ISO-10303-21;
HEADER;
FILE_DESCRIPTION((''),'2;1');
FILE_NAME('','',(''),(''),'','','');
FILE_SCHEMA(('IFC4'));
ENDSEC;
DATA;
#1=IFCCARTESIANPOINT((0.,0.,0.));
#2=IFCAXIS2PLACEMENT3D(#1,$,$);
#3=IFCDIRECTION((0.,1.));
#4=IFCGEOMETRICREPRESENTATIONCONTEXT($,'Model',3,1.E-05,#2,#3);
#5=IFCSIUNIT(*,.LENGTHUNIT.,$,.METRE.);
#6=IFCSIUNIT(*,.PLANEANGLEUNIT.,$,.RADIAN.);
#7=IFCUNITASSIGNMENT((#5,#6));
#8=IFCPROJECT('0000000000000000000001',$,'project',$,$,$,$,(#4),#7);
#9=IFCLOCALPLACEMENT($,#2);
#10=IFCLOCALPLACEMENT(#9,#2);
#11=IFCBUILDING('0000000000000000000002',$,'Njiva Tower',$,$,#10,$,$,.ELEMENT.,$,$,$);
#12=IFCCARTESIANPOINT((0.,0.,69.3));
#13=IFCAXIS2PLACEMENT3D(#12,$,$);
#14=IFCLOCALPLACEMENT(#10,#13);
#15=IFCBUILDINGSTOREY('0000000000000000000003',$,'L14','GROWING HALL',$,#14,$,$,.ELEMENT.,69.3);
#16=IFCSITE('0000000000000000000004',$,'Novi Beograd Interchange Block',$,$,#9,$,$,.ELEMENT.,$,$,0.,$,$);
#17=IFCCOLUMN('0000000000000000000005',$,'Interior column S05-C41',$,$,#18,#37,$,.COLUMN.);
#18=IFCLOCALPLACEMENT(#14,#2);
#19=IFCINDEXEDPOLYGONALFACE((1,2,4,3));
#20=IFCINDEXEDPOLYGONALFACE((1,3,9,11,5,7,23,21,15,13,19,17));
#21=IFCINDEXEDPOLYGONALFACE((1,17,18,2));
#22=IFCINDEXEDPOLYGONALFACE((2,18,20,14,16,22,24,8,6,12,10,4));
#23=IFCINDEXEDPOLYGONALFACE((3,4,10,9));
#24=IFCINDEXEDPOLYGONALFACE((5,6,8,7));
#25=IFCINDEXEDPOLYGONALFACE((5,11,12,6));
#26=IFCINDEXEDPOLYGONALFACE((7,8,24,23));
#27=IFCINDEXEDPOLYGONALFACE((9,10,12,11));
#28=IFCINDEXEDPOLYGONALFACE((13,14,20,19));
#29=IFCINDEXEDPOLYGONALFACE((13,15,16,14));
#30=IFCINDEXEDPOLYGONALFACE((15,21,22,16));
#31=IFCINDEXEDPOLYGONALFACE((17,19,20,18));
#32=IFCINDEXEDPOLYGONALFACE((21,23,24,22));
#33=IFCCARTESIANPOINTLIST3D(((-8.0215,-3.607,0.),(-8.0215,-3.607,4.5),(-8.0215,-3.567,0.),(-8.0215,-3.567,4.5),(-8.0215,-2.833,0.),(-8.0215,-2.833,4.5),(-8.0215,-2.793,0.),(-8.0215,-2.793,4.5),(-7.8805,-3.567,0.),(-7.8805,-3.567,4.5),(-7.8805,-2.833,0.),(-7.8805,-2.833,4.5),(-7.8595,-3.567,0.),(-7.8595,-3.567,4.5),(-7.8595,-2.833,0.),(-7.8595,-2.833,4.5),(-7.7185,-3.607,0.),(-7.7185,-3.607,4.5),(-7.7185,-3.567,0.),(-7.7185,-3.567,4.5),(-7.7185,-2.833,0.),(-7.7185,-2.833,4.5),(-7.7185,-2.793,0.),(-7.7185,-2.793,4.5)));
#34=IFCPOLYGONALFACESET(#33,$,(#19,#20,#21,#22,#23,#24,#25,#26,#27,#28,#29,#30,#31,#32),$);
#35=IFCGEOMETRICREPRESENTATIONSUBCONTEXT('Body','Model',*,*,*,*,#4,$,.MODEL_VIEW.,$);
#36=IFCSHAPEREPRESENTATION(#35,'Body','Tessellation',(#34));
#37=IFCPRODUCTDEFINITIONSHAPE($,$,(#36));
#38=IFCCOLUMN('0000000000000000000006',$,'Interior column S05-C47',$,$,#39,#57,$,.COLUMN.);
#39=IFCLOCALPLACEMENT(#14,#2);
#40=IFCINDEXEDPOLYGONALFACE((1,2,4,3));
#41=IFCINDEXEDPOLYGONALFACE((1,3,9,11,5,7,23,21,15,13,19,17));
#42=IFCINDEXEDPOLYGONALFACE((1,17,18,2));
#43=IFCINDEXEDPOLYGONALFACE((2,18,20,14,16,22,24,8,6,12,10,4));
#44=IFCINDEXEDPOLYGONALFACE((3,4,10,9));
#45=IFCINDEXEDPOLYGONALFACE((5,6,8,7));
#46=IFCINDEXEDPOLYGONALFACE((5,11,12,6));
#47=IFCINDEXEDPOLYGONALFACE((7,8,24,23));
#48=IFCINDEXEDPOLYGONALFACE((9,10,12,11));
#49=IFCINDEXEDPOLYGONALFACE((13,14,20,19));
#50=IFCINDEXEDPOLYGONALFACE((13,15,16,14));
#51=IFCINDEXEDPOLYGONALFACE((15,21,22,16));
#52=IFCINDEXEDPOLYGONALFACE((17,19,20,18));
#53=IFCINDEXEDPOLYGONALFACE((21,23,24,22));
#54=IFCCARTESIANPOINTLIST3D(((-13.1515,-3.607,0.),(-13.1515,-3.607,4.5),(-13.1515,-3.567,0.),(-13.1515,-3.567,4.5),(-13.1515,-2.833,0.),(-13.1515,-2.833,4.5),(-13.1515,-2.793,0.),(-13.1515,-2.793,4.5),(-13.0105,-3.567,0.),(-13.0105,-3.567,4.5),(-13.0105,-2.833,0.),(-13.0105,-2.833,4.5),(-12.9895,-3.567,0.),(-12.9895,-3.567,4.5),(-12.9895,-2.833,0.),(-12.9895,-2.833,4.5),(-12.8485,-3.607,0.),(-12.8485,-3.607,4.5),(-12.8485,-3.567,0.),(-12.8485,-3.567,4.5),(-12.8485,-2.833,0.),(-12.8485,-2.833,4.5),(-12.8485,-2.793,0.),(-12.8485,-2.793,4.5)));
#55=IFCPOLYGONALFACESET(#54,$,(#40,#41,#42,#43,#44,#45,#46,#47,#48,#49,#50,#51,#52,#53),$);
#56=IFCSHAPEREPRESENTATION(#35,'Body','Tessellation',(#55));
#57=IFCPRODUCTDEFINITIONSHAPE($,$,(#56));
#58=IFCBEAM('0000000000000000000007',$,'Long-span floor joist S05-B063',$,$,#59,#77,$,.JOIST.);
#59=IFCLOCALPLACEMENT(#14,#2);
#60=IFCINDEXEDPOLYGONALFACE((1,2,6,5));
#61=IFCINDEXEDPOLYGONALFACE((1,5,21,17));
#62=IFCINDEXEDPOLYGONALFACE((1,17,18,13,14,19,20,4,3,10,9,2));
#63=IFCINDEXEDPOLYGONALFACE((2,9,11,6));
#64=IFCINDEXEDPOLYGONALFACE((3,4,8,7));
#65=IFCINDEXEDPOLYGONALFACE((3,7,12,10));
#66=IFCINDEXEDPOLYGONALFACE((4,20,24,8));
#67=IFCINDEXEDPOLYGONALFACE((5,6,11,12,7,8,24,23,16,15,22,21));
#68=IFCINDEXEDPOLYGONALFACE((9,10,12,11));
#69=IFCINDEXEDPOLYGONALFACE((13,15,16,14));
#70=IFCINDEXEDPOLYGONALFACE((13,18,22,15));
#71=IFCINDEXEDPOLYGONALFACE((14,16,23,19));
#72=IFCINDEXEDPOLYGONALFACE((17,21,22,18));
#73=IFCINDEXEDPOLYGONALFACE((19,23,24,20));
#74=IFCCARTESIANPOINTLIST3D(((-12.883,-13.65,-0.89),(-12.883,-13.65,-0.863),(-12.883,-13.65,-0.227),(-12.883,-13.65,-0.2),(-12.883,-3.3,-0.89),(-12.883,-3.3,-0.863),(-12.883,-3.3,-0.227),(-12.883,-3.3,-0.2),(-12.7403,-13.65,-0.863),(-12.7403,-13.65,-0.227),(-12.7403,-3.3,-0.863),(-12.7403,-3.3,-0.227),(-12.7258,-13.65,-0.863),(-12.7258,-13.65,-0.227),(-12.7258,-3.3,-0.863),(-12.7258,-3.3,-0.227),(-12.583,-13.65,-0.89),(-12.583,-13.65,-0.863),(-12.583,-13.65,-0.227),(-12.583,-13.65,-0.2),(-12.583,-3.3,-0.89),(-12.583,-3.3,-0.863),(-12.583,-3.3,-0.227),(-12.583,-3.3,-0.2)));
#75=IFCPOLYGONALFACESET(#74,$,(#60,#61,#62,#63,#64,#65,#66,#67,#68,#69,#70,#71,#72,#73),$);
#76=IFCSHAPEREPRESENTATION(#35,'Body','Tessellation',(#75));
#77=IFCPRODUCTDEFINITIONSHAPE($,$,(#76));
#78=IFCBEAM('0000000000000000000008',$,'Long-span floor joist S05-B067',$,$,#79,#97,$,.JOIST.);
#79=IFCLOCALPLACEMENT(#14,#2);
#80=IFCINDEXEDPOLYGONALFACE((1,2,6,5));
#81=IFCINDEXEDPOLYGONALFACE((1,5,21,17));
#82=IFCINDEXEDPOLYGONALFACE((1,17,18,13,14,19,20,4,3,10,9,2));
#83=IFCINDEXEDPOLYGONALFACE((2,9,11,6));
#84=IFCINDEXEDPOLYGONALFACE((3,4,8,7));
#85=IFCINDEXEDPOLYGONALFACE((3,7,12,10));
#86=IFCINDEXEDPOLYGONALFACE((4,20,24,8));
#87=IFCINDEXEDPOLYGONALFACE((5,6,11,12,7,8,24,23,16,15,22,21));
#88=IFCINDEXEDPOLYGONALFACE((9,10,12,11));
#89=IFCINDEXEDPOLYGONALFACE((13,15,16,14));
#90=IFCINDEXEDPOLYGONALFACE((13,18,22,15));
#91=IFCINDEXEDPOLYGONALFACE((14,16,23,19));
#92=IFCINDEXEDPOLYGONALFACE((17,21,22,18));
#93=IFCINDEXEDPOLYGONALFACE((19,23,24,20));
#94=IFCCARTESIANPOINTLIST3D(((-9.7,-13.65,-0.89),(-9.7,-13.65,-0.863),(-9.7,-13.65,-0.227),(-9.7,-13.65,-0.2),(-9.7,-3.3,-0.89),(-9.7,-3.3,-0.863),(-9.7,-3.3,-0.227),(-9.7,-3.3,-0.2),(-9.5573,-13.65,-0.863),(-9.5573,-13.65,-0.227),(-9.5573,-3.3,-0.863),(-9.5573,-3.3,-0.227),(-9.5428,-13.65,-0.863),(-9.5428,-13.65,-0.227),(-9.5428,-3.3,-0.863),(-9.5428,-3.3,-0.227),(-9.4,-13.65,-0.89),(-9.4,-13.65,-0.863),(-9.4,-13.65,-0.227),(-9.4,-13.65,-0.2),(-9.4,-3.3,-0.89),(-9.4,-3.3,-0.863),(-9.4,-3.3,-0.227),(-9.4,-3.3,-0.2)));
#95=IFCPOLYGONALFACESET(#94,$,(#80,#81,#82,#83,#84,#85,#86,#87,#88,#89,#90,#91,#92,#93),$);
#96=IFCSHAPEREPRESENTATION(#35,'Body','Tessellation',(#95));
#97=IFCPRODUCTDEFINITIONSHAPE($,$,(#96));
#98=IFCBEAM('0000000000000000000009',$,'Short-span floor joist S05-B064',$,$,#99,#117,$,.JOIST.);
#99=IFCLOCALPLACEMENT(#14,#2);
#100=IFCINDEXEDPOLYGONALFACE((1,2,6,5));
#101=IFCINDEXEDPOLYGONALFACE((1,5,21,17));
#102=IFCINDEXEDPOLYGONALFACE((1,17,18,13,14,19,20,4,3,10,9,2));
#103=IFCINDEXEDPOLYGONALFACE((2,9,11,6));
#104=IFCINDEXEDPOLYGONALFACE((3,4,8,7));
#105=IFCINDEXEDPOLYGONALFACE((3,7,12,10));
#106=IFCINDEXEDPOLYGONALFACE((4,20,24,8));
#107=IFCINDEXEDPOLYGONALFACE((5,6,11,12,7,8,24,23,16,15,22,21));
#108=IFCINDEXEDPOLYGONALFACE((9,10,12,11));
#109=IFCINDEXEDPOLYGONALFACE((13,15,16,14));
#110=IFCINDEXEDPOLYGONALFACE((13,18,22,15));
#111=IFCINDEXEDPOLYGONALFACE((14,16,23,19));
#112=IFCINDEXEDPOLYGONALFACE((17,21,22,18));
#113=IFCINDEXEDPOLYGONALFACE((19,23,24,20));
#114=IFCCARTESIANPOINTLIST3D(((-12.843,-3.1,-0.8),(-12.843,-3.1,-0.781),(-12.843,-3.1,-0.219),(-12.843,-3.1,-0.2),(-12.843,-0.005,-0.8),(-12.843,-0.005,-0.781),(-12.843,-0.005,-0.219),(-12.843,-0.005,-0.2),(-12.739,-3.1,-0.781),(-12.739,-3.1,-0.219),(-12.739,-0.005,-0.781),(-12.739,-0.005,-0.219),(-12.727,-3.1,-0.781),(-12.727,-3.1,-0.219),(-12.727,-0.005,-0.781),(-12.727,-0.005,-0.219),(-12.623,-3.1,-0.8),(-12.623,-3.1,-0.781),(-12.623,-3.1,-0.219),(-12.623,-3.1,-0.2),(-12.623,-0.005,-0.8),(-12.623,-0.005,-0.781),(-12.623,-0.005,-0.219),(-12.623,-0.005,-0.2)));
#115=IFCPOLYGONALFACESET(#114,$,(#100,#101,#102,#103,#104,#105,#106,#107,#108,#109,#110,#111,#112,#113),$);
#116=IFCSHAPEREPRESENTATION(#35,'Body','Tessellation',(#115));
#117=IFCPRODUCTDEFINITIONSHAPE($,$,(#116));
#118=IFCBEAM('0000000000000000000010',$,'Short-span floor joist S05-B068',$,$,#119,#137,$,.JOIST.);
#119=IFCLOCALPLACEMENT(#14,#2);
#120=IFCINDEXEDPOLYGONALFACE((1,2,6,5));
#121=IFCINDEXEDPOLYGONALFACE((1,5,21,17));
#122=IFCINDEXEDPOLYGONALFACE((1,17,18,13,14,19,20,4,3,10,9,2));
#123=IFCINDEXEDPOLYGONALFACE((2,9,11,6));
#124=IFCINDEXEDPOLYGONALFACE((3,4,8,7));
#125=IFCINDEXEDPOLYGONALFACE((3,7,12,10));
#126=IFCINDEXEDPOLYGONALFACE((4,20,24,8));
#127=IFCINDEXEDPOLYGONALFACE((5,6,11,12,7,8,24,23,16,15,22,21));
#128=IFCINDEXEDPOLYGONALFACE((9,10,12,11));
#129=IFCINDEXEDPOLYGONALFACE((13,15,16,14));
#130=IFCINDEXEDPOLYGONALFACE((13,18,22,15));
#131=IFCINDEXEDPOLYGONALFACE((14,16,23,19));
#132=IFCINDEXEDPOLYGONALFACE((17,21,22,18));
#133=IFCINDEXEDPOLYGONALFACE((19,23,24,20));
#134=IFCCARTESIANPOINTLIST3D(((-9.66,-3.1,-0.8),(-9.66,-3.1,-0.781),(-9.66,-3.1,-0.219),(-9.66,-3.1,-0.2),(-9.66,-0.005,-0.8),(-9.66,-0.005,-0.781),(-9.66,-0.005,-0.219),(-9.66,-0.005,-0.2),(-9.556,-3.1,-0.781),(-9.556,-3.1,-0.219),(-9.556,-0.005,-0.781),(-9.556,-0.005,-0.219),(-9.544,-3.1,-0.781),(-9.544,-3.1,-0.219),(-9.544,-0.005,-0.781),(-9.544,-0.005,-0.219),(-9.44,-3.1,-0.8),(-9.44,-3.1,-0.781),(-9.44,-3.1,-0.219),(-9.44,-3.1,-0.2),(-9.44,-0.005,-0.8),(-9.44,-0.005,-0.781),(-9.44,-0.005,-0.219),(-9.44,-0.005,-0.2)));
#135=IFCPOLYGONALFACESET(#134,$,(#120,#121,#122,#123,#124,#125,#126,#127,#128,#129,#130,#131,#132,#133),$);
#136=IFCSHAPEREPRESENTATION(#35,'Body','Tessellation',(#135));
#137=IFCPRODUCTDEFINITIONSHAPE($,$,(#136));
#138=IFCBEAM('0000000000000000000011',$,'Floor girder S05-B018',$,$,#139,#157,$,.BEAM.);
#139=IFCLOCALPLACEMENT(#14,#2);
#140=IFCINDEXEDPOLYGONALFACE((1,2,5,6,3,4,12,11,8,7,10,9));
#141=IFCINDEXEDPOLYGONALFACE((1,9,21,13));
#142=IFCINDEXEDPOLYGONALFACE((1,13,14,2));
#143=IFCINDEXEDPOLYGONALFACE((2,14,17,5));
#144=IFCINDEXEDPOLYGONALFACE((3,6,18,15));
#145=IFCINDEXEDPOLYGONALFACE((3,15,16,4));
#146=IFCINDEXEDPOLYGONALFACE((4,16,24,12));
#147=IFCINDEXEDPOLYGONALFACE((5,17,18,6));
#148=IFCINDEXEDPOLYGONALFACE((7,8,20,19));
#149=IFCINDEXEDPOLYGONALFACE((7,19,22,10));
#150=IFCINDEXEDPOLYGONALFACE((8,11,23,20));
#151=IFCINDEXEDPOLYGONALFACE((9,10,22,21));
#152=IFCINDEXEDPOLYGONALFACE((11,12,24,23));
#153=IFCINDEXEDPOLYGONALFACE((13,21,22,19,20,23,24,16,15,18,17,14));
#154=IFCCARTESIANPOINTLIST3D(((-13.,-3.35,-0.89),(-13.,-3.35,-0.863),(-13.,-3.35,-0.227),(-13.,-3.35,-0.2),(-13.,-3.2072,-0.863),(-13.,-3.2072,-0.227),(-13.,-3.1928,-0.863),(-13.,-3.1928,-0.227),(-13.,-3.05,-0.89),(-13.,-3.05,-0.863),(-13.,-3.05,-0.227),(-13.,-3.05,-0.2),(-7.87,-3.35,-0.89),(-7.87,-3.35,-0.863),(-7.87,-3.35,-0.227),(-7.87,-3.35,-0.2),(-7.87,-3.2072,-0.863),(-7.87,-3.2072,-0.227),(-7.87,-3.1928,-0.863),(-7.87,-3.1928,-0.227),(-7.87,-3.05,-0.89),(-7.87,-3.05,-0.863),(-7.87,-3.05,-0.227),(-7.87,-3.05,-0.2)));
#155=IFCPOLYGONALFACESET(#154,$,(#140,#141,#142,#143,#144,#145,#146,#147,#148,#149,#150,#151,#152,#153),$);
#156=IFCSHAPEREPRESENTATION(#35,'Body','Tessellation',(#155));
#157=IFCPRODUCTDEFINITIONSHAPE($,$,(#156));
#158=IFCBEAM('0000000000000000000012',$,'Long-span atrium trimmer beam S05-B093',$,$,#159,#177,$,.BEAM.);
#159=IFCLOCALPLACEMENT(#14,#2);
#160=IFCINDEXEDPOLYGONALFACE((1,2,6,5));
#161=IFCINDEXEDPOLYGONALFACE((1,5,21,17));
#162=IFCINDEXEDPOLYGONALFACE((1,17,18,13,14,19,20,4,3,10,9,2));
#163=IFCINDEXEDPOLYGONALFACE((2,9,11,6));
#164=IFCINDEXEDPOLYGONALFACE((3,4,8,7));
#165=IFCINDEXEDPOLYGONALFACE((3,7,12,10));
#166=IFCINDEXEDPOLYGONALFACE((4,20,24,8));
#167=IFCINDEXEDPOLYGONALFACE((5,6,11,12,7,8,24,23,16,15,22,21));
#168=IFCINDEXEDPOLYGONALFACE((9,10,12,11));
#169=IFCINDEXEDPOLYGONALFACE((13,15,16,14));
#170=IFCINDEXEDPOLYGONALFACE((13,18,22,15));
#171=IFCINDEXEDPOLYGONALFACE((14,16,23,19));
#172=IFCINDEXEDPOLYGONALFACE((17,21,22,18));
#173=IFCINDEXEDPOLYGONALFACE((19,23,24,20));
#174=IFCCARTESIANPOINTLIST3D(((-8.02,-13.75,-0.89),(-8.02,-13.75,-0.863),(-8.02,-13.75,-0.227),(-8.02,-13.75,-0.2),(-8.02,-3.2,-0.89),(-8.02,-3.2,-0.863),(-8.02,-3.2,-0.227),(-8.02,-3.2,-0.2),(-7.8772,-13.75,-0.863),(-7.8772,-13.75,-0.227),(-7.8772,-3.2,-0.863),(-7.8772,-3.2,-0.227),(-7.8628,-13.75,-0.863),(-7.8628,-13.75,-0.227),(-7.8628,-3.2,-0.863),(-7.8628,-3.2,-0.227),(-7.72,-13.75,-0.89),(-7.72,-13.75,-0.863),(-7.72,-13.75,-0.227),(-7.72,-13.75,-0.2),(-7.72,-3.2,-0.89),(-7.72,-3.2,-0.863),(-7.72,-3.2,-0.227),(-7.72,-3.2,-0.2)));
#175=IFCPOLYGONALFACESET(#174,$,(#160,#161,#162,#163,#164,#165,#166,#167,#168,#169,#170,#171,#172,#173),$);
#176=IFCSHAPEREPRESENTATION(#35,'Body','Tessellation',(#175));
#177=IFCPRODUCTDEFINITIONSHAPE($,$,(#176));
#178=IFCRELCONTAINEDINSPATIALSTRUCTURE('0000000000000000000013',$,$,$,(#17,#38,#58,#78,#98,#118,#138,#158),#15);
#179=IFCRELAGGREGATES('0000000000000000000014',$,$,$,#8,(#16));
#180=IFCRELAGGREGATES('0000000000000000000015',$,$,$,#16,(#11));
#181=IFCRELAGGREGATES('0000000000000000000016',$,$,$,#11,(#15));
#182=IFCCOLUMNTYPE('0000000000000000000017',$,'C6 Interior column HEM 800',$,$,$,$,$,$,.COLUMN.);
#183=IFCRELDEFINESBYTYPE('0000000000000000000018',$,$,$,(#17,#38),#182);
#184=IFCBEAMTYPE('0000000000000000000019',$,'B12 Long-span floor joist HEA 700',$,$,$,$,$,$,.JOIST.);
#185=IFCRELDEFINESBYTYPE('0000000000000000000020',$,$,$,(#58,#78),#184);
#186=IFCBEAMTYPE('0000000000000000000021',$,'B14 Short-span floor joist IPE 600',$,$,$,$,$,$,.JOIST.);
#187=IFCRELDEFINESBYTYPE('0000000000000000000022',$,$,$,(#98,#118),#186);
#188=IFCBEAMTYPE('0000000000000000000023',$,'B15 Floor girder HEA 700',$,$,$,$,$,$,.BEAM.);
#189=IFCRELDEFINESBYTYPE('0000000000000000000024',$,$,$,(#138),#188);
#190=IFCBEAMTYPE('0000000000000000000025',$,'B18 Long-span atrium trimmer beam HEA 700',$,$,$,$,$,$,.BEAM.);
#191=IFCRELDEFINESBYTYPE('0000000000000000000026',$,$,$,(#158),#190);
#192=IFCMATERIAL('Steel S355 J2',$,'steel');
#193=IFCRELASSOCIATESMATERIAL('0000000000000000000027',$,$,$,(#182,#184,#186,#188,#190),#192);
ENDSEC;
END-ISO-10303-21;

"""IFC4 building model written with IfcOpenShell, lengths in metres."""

from ifc_helpers import new_model, si_unit, direction, frame, origin, origin_2d, place, context, subcontext, project, spatial, i_section, extrude, material, material_profile, profile_set, type_object, element, save


model = new_model("IFC4")

# Units and contexts
model_context = context("Model", 3, precision=1e-05, world=origin(), true_north=direction((0.0, 1.0)))
body_context = subcontext(model_context, "Body", "Model", "MODEL_VIEW")
ifc_project = project(units=[si_unit("LENGTHUNIT", "METRE"), si_unit("PLANEANGLEUNIT", "RADIAN")], contexts=[model_context])

# Site, building, storey
site_placement = place(None, origin())
site = spatial("IfcSite", under=ifc_project, at=site_placement, Name="Novi Beograd Interchange Block", CompositionType="ELEMENT", RefElevation=0.0)
building_placement = place(site_placement, origin())
building = spatial("IfcBuilding", under=site, at=building_placement, Name="Njiva Tower", CompositionType="ELEMENT")
storey_placement = place(building_placement, frame((0.0, 0.0, 69.3)))
storey = spatial("IfcBuildingStorey", under=building, at=storey_placement, Name="L14", Description="GROWING HALL", CompositionType="ELEMENT", Elevation=69.3)

# Columns
ifc_material_1 = material(Name="Steel S355 J2", Category="steel")
ifc_material_profile_1 = material_profile(ifc_material_1, i_section(OverallWidth=0.303, OverallDepth=0.814, WebThickness=0.021, FlangeThickness=0.04, at=origin_2d()), Name="HEM 800")
ifc_profile_set_1 = profile_set([ifc_material_profile_1], Name="Steel S355 J2")
column_type = type_object("IfcColumnType", Name="C6 Interior column HEM 800", PredefinedType="COLUMN", material=ifc_profile_set_1)
for number, where, z_axis, x_axis, name in (
    (1, (-7.87, -3.2, 0.0), (0.0, 0.0, 1.0), (1.0, 0.0, 0.0), "Interior column S05-C41"),
    (2, (-13.0, -3.2, 0.0), (0.0, 0.0, 1.0), (1.0, 0.0, 0.0), "Interior column S05-C47"),
):
    element("IfcColumn", number, at=place(storey_placement, frame(where, z_axis=z_axis, x_axis=x_axis)), inside=storey, type_object=column_type, Name=name, PredefinedType="COLUMN", context=body_context, shape_type="SweptSolid", body=[
        extrude(i_section(OverallWidth=0.303, OverallDepth=0.814, WebThickness=0.021, FlangeThickness=0.04, at=origin_2d()), origin(), (0.0, 0.0, 1.0), 4.5),
    ])

# Beams
ifc_material_profile_2 = material_profile(ifc_material_1, i_section(OverallWidth=0.3, OverallDepth=0.69, WebThickness=0.0145, FlangeThickness=0.027, at=origin_2d()), Name="HEA 700")
ifc_profile_set_2 = profile_set([ifc_material_profile_2], Name="Steel S355 J2")
beam_type_1 = type_object("IfcBeamType", Name="B12 Long-span floor joist HEA 700", PredefinedType="JOIST", material=ifc_profile_set_2)
for number, where, z_axis, x_axis, name in (
    (3, (-12.733, -3.3, -0.545), (0.0, -1.0, 0.0), (1.0, 0.0, 0.0), "Long-span floor joist S05-B063"),
    (4, (-9.55, -3.3, -0.545), (0.0, -1.0, 0.0), (1.0, 0.0, 0.0), "Long-span floor joist S05-B067"),
):
    element("IfcBeam", number, at=place(storey_placement, frame(where, z_axis=z_axis, x_axis=x_axis)), inside=storey, type_object=beam_type_1, Name=name, PredefinedType="JOIST", context=body_context, shape_type="SweptSolid", body=[
        extrude(i_section(OverallWidth=0.3, OverallDepth=0.69, WebThickness=0.0145, FlangeThickness=0.027, at=origin_2d()), origin(), (0.0, 0.0, 1.0), 10.35),
    ])
ifc_material_profile_3 = material_profile(ifc_material_1, i_section(OverallWidth=0.22, OverallDepth=0.6, WebThickness=0.012, FlangeThickness=0.019, at=origin_2d()), Name="IPE 600")
ifc_profile_set_3 = profile_set([ifc_material_profile_3], Name="Steel S355 J2")
beam_type_2 = type_object("IfcBeamType", Name="B14 Short-span floor joist IPE 600", PredefinedType="JOIST", material=ifc_profile_set_3)
for number, where, z_axis, x_axis, name in (
    (5, (-12.733, -0.005, -0.5), (0.0, -1.0, 0.0), (1.0, 0.0, 0.0), "Short-span floor joist S05-B064"),
    (6, (-9.55, -0.005, -0.5), (0.0, -1.0, 0.0), (1.0, 0.0, 0.0), "Short-span floor joist S05-B068"),
):
    element("IfcBeam", number, at=place(storey_placement, frame(where, z_axis=z_axis, x_axis=x_axis)), inside=storey, type_object=beam_type_2, Name=name, PredefinedType="JOIST", context=body_context, shape_type="SweptSolid", body=[
        extrude(i_section(OverallWidth=0.22, OverallDepth=0.6, WebThickness=0.012, FlangeThickness=0.019, at=origin_2d()), origin(), (0.0, 0.0, 1.0), 3.095),
    ])
ifc_material_profile_4 = material_profile(ifc_material_1, i_section(OverallWidth=0.3, OverallDepth=0.69, WebThickness=0.0145, FlangeThickness=0.027, at=origin_2d()), Name="HEA 700")
ifc_profile_set_4 = profile_set([ifc_material_profile_4], Name="Steel S355 J2")
beam_type_3 = type_object("IfcBeamType", Name="B15 Floor girder HEA 700", PredefinedType="BEAM", material=ifc_profile_set_4)
beam_1_placement = place(storey_placement, frame((-13.0, -3.2, -0.545), z_axis=(1.0, 0.0, 0.0), x_axis=(0.0, 1.0, 0.0)))
element("IfcBeam", 7, at=beam_1_placement, inside=storey, type_object=beam_type_3, Name="Floor girder S05-B018", PredefinedType="BEAM", context=body_context, shape_type="SweptSolid", body=[
    extrude(i_section(OverallWidth=0.3, OverallDepth=0.69, WebThickness=0.0145, FlangeThickness=0.027, at=origin_2d()), origin(), (0.0, 0.0, 1.0), 5.13),
])
ifc_material_profile_5 = material_profile(ifc_material_1, i_section(OverallWidth=0.3, OverallDepth=0.69, WebThickness=0.0145, FlangeThickness=0.027, at=origin_2d()), Name="HEA 700")
ifc_profile_set_5 = profile_set([ifc_material_profile_5], Name="Steel S355 J2")
beam_type_4 = type_object("IfcBeamType", Name="B18 Long-span atrium trimmer beam HEA 700", PredefinedType="BEAM", material=ifc_profile_set_5)
beam_2_placement = place(storey_placement, frame((-7.87, -3.2, -0.545), z_axis=(0.0, -1.0, 0.0), x_axis=(1.0, 0.0, 0.0)))
element("IfcBeam", 8, at=beam_2_placement, inside=storey, type_object=beam_type_4, Name="Long-span atrium trimmer beam S05-B093", PredefinedType="BEAM", context=body_context, shape_type="SweptSolid", body=[
    extrude(i_section(OverallWidth=0.3, OverallDepth=0.69, WebThickness=0.0145, FlangeThickness=0.027, at=origin_2d()), origin(), (0.0, 0.0, 1.0), 10.55),
])

save(model, "model.ifc")
